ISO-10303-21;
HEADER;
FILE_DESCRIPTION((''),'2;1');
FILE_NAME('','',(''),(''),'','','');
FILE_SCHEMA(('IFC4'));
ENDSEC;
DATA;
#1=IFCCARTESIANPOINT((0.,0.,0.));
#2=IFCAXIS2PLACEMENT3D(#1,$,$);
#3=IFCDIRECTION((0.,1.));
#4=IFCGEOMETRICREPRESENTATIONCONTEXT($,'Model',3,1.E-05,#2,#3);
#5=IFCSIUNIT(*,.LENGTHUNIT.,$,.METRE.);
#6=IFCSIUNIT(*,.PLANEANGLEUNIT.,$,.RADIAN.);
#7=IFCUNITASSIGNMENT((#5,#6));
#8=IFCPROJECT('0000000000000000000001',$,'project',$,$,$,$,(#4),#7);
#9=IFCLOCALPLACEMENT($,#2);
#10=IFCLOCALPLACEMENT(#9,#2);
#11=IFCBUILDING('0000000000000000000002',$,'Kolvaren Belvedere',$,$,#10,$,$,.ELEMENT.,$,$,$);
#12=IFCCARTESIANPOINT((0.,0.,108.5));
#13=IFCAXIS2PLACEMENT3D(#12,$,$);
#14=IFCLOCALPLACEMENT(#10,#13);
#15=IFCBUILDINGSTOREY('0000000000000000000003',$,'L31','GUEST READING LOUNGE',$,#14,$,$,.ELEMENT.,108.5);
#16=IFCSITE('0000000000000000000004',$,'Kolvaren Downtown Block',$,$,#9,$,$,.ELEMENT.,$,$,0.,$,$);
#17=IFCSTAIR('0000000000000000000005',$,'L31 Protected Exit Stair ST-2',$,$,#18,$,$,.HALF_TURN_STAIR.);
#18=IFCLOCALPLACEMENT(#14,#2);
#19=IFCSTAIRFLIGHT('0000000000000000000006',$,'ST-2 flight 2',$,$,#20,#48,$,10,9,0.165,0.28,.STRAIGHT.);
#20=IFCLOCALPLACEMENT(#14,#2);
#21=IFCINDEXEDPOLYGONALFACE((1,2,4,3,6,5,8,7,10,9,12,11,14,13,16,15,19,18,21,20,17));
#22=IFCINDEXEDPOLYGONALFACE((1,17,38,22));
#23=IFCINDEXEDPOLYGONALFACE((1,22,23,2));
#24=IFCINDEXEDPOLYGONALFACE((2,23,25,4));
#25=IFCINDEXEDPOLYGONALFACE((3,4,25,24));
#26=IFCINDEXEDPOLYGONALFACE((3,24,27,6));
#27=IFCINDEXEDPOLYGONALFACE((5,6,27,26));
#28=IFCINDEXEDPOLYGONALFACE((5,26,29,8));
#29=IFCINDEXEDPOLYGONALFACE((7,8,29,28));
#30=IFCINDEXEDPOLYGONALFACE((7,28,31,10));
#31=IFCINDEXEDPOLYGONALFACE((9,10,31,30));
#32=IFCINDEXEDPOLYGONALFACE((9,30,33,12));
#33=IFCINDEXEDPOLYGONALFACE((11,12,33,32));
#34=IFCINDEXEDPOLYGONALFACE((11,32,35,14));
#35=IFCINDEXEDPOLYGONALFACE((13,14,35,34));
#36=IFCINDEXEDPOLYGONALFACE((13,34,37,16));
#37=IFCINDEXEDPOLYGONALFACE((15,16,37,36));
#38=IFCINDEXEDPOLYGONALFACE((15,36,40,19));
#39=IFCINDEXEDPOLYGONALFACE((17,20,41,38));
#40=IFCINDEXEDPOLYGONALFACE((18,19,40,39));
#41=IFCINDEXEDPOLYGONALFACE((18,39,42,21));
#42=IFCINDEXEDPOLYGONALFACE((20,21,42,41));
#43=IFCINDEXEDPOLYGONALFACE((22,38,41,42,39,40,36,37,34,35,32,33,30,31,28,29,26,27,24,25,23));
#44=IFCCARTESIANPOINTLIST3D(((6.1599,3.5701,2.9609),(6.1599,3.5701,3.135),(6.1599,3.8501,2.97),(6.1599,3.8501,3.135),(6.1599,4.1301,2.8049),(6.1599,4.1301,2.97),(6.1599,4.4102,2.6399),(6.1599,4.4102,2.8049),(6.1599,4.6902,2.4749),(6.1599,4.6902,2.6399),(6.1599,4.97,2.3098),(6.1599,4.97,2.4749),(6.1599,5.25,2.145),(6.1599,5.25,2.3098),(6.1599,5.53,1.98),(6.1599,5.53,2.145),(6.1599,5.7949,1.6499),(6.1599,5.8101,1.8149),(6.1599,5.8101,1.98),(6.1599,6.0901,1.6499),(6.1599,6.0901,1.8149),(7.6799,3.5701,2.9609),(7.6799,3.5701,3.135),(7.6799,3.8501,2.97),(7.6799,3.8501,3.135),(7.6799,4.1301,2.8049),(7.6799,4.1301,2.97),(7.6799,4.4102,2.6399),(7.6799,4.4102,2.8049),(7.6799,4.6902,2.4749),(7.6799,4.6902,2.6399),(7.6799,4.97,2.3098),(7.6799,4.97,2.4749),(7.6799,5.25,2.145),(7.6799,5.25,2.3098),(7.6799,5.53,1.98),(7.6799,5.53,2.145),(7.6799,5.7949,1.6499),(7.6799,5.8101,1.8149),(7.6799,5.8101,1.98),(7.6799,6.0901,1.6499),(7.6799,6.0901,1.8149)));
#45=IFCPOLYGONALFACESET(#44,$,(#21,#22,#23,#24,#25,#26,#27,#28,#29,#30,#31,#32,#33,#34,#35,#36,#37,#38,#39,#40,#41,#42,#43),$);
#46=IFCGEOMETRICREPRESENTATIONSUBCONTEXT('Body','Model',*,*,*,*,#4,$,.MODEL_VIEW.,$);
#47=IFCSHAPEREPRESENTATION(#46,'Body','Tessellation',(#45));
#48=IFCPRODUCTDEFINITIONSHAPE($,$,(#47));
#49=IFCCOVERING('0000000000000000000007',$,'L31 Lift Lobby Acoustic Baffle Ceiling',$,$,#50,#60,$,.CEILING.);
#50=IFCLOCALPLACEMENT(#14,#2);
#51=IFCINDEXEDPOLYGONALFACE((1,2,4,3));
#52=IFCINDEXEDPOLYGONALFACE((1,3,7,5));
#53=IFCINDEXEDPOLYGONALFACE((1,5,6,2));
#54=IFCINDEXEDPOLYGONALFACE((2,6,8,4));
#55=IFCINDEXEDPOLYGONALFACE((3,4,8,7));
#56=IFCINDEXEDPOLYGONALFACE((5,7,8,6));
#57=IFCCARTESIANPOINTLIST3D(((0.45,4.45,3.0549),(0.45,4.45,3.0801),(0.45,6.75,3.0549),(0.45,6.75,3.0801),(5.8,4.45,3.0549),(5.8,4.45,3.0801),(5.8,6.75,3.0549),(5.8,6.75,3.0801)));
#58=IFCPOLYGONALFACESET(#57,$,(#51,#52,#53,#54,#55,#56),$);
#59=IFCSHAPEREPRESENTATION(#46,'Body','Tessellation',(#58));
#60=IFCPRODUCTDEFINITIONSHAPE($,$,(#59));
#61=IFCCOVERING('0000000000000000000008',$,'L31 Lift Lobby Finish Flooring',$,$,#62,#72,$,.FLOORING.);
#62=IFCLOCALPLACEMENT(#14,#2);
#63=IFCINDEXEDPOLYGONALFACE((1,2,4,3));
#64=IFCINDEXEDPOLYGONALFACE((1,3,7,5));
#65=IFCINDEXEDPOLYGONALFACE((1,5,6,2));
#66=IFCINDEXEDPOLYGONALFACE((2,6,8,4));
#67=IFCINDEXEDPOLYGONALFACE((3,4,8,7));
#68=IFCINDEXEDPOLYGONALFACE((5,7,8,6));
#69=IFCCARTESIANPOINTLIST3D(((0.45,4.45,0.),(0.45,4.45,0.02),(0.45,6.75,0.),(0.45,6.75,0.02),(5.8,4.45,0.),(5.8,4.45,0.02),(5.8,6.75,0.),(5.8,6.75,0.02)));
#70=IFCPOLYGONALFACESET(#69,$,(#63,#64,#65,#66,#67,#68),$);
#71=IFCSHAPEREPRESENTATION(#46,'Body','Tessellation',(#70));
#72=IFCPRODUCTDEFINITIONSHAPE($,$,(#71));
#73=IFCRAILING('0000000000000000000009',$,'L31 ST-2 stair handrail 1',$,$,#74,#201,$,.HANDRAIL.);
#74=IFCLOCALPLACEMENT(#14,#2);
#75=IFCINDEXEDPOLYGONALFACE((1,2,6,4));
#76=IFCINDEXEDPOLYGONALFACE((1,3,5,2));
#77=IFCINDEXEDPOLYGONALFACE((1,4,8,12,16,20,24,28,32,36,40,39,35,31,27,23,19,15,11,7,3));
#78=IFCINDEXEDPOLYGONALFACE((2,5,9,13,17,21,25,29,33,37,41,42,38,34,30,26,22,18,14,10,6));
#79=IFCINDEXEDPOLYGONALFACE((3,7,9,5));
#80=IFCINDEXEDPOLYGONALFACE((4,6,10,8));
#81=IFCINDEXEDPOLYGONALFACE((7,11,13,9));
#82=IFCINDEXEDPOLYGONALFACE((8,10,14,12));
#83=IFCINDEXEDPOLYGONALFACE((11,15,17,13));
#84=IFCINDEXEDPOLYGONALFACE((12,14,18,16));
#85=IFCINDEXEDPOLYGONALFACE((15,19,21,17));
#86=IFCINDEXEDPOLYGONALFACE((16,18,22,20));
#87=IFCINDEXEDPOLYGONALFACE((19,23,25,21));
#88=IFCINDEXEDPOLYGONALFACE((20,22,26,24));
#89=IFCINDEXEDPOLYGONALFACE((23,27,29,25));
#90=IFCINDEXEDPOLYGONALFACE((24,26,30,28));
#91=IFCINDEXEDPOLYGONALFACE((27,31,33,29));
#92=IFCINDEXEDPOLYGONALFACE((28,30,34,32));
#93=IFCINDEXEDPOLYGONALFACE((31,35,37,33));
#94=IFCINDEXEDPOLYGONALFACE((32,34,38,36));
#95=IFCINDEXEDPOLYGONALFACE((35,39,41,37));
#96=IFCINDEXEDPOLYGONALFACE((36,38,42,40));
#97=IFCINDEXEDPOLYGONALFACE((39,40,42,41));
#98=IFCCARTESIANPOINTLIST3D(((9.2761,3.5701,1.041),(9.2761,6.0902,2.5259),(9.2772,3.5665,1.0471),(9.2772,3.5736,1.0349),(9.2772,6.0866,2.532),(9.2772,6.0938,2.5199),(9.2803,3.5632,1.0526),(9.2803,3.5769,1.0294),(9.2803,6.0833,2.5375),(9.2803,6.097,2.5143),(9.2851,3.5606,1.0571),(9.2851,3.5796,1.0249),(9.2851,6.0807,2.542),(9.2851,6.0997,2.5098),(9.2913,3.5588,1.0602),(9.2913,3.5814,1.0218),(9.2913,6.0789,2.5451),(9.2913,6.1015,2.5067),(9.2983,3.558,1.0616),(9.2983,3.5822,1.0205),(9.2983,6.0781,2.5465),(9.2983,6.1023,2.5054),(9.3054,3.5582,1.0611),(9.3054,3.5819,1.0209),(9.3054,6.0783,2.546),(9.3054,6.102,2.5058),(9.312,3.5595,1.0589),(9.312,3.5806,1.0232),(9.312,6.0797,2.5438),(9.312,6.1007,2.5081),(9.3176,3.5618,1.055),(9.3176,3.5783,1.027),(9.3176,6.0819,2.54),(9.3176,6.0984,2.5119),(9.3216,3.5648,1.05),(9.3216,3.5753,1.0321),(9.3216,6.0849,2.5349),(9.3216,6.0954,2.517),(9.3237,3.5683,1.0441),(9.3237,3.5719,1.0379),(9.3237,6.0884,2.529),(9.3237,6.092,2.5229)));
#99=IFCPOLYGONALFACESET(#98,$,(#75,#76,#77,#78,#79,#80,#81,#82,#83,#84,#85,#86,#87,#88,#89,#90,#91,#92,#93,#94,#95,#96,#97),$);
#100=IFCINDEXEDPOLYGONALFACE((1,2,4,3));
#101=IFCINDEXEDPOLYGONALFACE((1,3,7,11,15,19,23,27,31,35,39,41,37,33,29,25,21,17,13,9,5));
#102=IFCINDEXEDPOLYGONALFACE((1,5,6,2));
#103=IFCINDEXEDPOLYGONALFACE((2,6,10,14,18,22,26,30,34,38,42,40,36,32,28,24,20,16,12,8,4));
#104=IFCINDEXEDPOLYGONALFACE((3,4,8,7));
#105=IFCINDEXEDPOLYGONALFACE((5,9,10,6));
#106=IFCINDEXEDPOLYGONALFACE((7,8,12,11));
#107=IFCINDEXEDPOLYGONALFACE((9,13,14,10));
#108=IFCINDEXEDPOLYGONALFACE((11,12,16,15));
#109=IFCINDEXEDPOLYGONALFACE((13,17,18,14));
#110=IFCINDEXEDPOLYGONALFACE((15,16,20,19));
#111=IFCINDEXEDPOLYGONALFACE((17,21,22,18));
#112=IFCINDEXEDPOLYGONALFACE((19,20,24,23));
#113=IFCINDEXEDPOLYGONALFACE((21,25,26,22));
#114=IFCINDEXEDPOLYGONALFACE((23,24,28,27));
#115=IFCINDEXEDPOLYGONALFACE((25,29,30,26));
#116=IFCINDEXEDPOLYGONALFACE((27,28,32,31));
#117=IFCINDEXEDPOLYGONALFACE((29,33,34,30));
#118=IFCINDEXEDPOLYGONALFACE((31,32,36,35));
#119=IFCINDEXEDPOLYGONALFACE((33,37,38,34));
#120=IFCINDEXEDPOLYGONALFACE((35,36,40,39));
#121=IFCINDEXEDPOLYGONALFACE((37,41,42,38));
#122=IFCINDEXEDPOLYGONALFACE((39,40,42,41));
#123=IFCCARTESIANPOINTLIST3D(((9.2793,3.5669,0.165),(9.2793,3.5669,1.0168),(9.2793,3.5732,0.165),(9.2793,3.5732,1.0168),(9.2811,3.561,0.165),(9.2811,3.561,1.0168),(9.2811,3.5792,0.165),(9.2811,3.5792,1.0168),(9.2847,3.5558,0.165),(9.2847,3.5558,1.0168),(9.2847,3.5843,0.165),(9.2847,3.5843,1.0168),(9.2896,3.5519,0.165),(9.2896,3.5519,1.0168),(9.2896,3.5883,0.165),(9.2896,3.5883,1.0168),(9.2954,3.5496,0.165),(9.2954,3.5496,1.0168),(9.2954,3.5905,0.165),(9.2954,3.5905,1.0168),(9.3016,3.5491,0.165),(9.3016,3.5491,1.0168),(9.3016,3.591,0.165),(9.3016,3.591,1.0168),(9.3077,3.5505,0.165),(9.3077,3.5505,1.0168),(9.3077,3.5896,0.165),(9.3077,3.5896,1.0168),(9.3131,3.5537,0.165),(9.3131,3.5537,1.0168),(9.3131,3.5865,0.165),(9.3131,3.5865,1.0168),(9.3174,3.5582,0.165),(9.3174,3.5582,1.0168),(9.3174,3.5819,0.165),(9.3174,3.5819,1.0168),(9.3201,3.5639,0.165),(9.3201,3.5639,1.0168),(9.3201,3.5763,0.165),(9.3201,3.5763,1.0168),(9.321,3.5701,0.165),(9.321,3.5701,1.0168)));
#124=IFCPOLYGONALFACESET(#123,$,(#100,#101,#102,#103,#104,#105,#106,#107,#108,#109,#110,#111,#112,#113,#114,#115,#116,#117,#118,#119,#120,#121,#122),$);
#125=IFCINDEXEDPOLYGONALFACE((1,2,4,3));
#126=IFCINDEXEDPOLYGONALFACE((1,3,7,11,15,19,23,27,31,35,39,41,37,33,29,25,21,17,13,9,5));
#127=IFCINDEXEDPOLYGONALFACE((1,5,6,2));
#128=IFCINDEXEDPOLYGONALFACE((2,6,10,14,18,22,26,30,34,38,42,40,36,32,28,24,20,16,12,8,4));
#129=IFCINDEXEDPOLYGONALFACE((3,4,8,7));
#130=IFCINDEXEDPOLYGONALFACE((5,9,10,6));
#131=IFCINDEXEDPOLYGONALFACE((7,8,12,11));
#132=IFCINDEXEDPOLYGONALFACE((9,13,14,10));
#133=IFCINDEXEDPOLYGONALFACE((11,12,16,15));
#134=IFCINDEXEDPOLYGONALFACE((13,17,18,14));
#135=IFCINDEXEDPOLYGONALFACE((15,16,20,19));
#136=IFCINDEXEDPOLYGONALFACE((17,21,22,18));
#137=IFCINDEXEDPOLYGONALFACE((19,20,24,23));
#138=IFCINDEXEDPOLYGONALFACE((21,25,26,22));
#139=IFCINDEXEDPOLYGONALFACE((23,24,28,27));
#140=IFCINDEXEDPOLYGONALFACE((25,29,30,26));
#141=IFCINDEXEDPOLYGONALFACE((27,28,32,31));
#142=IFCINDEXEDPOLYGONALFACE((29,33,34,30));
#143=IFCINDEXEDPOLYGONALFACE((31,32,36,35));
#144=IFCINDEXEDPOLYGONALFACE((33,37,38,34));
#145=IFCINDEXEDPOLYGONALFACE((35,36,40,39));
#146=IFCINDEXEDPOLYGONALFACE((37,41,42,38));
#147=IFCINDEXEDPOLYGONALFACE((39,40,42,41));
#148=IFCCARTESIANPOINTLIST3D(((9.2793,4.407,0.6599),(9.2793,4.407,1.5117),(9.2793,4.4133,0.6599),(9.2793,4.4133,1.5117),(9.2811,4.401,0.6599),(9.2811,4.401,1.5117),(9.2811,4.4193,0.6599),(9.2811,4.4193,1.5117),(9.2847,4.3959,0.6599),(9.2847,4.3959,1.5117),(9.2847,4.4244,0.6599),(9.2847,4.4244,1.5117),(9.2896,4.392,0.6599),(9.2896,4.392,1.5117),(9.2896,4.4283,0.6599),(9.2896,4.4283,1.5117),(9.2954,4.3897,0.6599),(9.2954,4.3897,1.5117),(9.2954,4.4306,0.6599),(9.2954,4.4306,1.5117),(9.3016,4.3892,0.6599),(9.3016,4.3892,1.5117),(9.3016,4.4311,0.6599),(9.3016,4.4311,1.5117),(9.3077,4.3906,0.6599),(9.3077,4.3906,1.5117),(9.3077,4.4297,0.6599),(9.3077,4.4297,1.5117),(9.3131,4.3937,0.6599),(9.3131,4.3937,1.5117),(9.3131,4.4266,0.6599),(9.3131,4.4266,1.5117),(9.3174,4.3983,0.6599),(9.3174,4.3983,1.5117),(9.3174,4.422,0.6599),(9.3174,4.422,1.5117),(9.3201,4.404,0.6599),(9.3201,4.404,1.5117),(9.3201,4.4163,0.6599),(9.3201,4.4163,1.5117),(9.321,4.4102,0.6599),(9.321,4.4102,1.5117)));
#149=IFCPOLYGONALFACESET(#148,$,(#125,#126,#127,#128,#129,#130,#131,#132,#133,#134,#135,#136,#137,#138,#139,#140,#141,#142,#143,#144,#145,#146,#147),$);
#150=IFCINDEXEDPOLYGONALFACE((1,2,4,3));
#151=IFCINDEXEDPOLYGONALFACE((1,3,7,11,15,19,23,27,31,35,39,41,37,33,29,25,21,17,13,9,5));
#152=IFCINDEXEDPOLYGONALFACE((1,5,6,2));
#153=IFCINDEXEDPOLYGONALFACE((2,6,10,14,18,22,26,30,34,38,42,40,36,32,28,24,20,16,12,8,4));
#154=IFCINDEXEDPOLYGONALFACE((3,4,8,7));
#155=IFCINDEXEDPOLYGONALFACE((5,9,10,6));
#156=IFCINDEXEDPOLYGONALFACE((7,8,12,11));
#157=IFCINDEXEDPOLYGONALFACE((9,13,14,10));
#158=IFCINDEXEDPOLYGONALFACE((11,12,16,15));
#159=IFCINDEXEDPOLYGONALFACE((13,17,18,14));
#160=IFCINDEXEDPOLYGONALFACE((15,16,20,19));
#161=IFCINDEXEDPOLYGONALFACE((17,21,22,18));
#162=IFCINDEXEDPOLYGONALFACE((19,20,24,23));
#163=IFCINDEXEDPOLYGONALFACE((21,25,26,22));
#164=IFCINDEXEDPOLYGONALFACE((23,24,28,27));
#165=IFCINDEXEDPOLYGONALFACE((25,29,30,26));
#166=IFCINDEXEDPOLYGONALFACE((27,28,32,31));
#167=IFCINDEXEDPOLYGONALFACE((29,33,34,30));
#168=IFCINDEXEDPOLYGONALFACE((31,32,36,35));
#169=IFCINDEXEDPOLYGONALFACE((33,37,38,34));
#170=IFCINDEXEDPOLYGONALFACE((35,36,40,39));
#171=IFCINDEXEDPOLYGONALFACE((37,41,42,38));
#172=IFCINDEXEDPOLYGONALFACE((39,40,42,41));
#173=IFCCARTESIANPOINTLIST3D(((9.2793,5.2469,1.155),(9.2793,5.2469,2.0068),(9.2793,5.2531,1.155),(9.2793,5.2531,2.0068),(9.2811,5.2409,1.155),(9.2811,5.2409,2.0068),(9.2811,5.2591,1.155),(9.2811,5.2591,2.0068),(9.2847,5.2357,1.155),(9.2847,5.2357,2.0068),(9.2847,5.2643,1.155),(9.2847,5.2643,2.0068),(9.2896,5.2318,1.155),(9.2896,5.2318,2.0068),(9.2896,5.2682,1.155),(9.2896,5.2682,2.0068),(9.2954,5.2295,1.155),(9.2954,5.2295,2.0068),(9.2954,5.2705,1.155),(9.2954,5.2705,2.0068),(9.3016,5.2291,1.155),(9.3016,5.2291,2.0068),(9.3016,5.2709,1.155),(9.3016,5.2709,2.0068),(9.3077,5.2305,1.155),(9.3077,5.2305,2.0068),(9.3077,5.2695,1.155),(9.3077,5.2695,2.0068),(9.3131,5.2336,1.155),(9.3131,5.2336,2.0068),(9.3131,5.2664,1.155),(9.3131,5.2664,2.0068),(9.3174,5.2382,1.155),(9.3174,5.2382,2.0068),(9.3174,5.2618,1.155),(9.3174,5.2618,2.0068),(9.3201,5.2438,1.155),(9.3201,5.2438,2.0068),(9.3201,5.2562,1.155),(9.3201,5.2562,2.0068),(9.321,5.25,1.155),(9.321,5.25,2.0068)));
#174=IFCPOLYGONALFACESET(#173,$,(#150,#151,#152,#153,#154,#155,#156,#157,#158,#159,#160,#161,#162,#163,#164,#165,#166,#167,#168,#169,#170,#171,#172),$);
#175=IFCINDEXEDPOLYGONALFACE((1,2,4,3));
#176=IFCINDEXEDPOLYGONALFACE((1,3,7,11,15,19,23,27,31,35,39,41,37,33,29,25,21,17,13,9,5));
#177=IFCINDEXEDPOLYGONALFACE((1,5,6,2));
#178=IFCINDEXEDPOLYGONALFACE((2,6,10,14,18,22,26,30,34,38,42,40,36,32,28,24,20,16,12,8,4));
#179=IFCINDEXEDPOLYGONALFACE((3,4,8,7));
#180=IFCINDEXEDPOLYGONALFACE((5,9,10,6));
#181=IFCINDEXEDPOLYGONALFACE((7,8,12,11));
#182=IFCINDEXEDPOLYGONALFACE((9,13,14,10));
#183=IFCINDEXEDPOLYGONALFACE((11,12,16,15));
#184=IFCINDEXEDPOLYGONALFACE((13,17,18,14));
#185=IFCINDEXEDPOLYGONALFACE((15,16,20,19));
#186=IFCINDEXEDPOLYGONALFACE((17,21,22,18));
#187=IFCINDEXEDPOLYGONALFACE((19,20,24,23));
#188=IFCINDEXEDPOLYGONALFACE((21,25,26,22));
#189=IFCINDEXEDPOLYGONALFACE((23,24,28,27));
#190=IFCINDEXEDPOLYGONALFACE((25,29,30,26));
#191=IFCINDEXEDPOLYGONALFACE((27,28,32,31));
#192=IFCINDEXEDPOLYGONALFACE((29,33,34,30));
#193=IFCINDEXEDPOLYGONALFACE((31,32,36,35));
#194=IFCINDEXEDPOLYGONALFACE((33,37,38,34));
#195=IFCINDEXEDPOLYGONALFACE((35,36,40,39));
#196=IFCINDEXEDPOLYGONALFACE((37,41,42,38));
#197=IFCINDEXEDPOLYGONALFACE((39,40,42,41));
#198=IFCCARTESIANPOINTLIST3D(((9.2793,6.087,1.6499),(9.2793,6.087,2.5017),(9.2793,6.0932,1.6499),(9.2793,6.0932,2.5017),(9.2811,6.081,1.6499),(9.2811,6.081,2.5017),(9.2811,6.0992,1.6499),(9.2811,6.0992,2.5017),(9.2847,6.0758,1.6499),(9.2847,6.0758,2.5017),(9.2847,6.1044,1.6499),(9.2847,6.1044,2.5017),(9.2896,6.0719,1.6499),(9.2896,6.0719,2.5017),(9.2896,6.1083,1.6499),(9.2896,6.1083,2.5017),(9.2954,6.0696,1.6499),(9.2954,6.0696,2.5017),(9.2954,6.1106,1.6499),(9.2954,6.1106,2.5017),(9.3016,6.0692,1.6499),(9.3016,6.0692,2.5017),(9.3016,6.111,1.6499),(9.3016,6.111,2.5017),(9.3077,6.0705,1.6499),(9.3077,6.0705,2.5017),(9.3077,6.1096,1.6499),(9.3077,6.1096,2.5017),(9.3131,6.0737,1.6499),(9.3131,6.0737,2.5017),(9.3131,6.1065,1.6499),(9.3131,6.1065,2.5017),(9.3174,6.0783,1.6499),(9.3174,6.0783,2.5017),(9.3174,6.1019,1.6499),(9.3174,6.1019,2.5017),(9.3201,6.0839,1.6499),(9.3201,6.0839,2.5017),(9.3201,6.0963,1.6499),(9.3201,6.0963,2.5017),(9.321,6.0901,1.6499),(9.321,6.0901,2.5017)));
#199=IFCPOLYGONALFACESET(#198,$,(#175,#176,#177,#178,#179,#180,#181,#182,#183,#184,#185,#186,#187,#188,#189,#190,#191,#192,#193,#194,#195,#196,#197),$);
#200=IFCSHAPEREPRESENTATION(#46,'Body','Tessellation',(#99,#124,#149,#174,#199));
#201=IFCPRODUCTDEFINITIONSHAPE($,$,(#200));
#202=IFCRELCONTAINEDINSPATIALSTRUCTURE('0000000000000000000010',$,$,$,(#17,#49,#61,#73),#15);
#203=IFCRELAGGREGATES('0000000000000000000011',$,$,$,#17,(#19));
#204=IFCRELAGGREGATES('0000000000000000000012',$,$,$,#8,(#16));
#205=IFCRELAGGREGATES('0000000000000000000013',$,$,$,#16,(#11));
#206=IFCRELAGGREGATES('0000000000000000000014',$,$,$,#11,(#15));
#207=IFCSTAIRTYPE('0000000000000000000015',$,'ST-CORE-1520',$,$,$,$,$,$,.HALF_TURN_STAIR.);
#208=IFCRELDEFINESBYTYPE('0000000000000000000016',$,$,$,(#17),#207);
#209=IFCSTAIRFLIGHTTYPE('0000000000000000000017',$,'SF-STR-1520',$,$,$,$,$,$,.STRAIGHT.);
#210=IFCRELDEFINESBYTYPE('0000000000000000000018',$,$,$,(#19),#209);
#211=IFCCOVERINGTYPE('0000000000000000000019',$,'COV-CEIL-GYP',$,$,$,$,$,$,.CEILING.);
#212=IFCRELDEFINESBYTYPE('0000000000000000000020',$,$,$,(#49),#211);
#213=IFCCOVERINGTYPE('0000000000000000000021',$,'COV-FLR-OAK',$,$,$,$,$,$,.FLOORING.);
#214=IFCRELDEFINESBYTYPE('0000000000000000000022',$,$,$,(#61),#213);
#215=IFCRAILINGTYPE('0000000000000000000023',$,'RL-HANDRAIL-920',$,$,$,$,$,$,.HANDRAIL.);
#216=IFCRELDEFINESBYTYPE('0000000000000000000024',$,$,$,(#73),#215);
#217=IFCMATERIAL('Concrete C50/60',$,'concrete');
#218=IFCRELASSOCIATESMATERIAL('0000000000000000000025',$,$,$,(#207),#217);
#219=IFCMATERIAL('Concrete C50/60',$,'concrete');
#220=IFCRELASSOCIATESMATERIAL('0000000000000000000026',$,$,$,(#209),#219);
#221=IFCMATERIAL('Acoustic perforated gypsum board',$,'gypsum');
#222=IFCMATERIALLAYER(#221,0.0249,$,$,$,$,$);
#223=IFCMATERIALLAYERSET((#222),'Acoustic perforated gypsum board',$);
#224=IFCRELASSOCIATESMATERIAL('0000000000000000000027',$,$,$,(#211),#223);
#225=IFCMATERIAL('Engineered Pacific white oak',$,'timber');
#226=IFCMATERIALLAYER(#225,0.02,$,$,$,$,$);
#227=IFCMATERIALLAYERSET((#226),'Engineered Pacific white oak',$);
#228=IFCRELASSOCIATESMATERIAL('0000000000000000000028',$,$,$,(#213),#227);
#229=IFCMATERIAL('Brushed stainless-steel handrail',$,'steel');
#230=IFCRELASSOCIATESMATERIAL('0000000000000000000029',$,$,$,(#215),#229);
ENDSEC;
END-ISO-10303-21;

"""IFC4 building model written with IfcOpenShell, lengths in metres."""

from ifc_helpers import new_model, si_unit, direction, frame, origin, origin_2d, place, context, subcontext, project, spatial, polyline, circle, outline, extrude, material, layer, layer_set, type_object, element, aggregate, save


model = new_model("IFC4")

# Units and contexts
model_context = context("Model", 3, precision=1e-05, world=origin(), true_north=direction((0.0, 1.0)))
body_context = subcontext(model_context, "Body", "Model", "MODEL_VIEW")
ifc_project = project(units=[si_unit("LENGTHUNIT", "METRE"), si_unit("PLANEANGLEUNIT", "RADIAN")], contexts=[model_context])

# Site, building, storey
site_placement = place(None, origin())
site = spatial("IfcSite", under=ifc_project, at=site_placement, Name="Kolvaren Downtown Block", CompositionType="ELEMENT", RefElevation=0.0)
building_placement = place(site_placement, origin())
building = spatial("IfcBuilding", under=site, at=building_placement, Name="Kolvaren Belvedere", CompositionType="ELEMENT")
storey_placement = place(building_placement, frame((0.0, 0.0, 108.5)))
storey = spatial("IfcBuildingStorey", under=building, at=storey_placement, Name="L31", Description="GUEST READING LOUNGE", CompositionType="ELEMENT", Elevation=108.5)

# Stair, stair flight
ifc_material_1 = material(Name="Concrete C50/60", Category="concrete")
stair_type = type_object("IfcStairType", Name="ST-CORE-1520", PredefinedType="HALF_TURN_STAIR", material=ifc_material_1)
stair_placement = place(storey_placement, origin())
stair = element("IfcStair", 1, at=stair_placement, inside=storey, type_object=stair_type, Name="L31 Protected Exit Stair ST-2", PredefinedType="HALF_TURN_STAIR")
ifc_material_2 = material(Name="Concrete C50/60", Category="concrete")
stair_flight_type = type_object("IfcStairFlightType", Name="SF-STR-1520", PredefinedType="STRAIGHT", material=ifc_material_2)
stair_flight_1_placement = place(storey_placement, frame((6.9199, 6.0901, 1.6499), z_axis=(0.0, 0.0, 1.0), x_axis=(0.0, -1.0, 0.0)))
stair_flight_1 = element("IfcStairFlight", 2, at=stair_flight_1_placement, type_object=stair_flight_type, Name="ST-2 flight 2", NumberOfRisers=10, NumberOfTreads=9, PredefinedType="STRAIGHT", RiserHeight=0.165, TreadLength=0.28, context=body_context, shape_type="SweptSolid", body=[
    extrude(outline(polyline([(0.0, 0.0), (0.0, 0.165), (0.28, 0.165), (0.28, 0.3301), (0.5601, 0.3301), (0.5601, 0.4951), (0.8401, 0.4951), (0.8401, 0.6599), (1.1201, 0.6599), (1.1201, 0.825), (1.3999, 0.825), (1.3999, 0.99), (1.6799, 0.99), (1.6799, 1.155), (1.96, 1.155), (1.96, 1.3201), (2.24, 1.3201), (2.24, 1.4851), (2.52, 1.4851), (2.52, 1.6499), (2.52, 1.311), (0.2952, 0.0), (0.0, 0.0)])), frame((0.0, 0.76, 0.0), z_axis=(0.0, -1.0, 0.0), x_axis=(1.0, 0.0, 0.0)), (0.0, 0.0, 1.0), 1.52),
])
aggregate(stair, [stair_flight_1])

# Coverings
ifc_material_3 = material(Name="Acoustic perforated gypsum board", Category="gypsum")
ifc_layer_1 = layer(ifc_material_3, 0.0249)
ifc_layer_set_1 = layer_set([ifc_layer_1], Name="Acoustic perforated gypsum board")
covering_type_1 = type_object("IfcCoveringType", Name="COV-CEIL-GYP", PredefinedType="CEILING", material=ifc_layer_set_1)
covering_1_placement = place(storey_placement, frame((0.0, 0.0, 3.0549)))
element("IfcCovering", 3, at=covering_1_placement, inside=storey, type_object=covering_type_1, Name="L31 Lift Lobby Acoustic Baffle Ceiling", PredefinedType="CEILING", context=body_context, shape_type="SweptSolid", body=[
    extrude(outline(polyline([(0.45, 4.45), (5.8, 4.45), (5.8, 6.75), (0.45, 6.75), (0.45, 4.45)])), origin(), (0.0, 0.0, 1.0), 0.0251),
])
ifc_material_4 = material(Name="Engineered Pacific white oak", Category="timber")
ifc_layer_2 = layer(ifc_material_4, 0.02)
ifc_layer_set_2 = layer_set([ifc_layer_2], Name="Engineered Pacific white oak")
covering_type_2 = type_object("IfcCoveringType", Name="COV-FLR-OAK", PredefinedType="FLOORING", material=ifc_layer_set_2)
covering_2_placement = place(storey_placement, origin())
element("IfcCovering", 4, at=covering_2_placement, inside=storey, type_object=covering_type_2, Name="L31 Lift Lobby Finish Flooring", PredefinedType="FLOORING", context=body_context, shape_type="SweptSolid", body=[
    extrude(outline(polyline([(0.45, 4.45), (5.8, 4.45), (5.8, 6.75), (0.45, 6.75), (0.45, 4.45)])), origin(), (0.0, 0.0, 1.0), 0.02),
])

# Railing
ifc_material_5 = material(Name="Brushed stainless-steel handrail", Category="steel")
railing_type_1 = type_object("IfcRailingType", Name="RL-HANDRAIL-920", PredefinedType="HANDRAIL", material=ifc_material_5)
railing_1_placement = place(storey_placement, frame((9.3, 3.5701, 0.165)))
element("IfcRailing", 5, at=railing_1_placement, inside=storey, type_object=railing_type_1, Name="L31 ST-2 stair handrail 1", PredefinedType="HANDRAIL", context=body_context, shape_type="SweptSolid", body=[
    extrude(circle(Radius=0.0239, at=origin_2d()), frame((0.0, 0.0, 0.876), z_axis=(0.0, 0.861561, 0.507655), x_axis=(-1.0, 0.0, 0.0)), (0.0, 0.0, 1.0), 2.925),
    extrude(circle(Radius=0.021, at=origin_2d()), origin(), (0.0, 0.0, 1.0), 0.8518),
    extrude(circle(Radius=0.021, at=origin_2d()), frame((0.0, 0.8401, 0.4949)), (0.0, 0.0, 1.0), 0.8518),
    extrude(circle(Radius=0.021, at=origin_2d()), frame((0.0, 1.6799, 0.99)), (0.0, 0.0, 1.0), 0.8518),
    extrude(circle(Radius=0.021, at=origin_2d()), frame((0.0, 2.52, 1.4849)), (0.0, 0.0, 1.0), 0.8518),
])

save(model, "model.ifc")
